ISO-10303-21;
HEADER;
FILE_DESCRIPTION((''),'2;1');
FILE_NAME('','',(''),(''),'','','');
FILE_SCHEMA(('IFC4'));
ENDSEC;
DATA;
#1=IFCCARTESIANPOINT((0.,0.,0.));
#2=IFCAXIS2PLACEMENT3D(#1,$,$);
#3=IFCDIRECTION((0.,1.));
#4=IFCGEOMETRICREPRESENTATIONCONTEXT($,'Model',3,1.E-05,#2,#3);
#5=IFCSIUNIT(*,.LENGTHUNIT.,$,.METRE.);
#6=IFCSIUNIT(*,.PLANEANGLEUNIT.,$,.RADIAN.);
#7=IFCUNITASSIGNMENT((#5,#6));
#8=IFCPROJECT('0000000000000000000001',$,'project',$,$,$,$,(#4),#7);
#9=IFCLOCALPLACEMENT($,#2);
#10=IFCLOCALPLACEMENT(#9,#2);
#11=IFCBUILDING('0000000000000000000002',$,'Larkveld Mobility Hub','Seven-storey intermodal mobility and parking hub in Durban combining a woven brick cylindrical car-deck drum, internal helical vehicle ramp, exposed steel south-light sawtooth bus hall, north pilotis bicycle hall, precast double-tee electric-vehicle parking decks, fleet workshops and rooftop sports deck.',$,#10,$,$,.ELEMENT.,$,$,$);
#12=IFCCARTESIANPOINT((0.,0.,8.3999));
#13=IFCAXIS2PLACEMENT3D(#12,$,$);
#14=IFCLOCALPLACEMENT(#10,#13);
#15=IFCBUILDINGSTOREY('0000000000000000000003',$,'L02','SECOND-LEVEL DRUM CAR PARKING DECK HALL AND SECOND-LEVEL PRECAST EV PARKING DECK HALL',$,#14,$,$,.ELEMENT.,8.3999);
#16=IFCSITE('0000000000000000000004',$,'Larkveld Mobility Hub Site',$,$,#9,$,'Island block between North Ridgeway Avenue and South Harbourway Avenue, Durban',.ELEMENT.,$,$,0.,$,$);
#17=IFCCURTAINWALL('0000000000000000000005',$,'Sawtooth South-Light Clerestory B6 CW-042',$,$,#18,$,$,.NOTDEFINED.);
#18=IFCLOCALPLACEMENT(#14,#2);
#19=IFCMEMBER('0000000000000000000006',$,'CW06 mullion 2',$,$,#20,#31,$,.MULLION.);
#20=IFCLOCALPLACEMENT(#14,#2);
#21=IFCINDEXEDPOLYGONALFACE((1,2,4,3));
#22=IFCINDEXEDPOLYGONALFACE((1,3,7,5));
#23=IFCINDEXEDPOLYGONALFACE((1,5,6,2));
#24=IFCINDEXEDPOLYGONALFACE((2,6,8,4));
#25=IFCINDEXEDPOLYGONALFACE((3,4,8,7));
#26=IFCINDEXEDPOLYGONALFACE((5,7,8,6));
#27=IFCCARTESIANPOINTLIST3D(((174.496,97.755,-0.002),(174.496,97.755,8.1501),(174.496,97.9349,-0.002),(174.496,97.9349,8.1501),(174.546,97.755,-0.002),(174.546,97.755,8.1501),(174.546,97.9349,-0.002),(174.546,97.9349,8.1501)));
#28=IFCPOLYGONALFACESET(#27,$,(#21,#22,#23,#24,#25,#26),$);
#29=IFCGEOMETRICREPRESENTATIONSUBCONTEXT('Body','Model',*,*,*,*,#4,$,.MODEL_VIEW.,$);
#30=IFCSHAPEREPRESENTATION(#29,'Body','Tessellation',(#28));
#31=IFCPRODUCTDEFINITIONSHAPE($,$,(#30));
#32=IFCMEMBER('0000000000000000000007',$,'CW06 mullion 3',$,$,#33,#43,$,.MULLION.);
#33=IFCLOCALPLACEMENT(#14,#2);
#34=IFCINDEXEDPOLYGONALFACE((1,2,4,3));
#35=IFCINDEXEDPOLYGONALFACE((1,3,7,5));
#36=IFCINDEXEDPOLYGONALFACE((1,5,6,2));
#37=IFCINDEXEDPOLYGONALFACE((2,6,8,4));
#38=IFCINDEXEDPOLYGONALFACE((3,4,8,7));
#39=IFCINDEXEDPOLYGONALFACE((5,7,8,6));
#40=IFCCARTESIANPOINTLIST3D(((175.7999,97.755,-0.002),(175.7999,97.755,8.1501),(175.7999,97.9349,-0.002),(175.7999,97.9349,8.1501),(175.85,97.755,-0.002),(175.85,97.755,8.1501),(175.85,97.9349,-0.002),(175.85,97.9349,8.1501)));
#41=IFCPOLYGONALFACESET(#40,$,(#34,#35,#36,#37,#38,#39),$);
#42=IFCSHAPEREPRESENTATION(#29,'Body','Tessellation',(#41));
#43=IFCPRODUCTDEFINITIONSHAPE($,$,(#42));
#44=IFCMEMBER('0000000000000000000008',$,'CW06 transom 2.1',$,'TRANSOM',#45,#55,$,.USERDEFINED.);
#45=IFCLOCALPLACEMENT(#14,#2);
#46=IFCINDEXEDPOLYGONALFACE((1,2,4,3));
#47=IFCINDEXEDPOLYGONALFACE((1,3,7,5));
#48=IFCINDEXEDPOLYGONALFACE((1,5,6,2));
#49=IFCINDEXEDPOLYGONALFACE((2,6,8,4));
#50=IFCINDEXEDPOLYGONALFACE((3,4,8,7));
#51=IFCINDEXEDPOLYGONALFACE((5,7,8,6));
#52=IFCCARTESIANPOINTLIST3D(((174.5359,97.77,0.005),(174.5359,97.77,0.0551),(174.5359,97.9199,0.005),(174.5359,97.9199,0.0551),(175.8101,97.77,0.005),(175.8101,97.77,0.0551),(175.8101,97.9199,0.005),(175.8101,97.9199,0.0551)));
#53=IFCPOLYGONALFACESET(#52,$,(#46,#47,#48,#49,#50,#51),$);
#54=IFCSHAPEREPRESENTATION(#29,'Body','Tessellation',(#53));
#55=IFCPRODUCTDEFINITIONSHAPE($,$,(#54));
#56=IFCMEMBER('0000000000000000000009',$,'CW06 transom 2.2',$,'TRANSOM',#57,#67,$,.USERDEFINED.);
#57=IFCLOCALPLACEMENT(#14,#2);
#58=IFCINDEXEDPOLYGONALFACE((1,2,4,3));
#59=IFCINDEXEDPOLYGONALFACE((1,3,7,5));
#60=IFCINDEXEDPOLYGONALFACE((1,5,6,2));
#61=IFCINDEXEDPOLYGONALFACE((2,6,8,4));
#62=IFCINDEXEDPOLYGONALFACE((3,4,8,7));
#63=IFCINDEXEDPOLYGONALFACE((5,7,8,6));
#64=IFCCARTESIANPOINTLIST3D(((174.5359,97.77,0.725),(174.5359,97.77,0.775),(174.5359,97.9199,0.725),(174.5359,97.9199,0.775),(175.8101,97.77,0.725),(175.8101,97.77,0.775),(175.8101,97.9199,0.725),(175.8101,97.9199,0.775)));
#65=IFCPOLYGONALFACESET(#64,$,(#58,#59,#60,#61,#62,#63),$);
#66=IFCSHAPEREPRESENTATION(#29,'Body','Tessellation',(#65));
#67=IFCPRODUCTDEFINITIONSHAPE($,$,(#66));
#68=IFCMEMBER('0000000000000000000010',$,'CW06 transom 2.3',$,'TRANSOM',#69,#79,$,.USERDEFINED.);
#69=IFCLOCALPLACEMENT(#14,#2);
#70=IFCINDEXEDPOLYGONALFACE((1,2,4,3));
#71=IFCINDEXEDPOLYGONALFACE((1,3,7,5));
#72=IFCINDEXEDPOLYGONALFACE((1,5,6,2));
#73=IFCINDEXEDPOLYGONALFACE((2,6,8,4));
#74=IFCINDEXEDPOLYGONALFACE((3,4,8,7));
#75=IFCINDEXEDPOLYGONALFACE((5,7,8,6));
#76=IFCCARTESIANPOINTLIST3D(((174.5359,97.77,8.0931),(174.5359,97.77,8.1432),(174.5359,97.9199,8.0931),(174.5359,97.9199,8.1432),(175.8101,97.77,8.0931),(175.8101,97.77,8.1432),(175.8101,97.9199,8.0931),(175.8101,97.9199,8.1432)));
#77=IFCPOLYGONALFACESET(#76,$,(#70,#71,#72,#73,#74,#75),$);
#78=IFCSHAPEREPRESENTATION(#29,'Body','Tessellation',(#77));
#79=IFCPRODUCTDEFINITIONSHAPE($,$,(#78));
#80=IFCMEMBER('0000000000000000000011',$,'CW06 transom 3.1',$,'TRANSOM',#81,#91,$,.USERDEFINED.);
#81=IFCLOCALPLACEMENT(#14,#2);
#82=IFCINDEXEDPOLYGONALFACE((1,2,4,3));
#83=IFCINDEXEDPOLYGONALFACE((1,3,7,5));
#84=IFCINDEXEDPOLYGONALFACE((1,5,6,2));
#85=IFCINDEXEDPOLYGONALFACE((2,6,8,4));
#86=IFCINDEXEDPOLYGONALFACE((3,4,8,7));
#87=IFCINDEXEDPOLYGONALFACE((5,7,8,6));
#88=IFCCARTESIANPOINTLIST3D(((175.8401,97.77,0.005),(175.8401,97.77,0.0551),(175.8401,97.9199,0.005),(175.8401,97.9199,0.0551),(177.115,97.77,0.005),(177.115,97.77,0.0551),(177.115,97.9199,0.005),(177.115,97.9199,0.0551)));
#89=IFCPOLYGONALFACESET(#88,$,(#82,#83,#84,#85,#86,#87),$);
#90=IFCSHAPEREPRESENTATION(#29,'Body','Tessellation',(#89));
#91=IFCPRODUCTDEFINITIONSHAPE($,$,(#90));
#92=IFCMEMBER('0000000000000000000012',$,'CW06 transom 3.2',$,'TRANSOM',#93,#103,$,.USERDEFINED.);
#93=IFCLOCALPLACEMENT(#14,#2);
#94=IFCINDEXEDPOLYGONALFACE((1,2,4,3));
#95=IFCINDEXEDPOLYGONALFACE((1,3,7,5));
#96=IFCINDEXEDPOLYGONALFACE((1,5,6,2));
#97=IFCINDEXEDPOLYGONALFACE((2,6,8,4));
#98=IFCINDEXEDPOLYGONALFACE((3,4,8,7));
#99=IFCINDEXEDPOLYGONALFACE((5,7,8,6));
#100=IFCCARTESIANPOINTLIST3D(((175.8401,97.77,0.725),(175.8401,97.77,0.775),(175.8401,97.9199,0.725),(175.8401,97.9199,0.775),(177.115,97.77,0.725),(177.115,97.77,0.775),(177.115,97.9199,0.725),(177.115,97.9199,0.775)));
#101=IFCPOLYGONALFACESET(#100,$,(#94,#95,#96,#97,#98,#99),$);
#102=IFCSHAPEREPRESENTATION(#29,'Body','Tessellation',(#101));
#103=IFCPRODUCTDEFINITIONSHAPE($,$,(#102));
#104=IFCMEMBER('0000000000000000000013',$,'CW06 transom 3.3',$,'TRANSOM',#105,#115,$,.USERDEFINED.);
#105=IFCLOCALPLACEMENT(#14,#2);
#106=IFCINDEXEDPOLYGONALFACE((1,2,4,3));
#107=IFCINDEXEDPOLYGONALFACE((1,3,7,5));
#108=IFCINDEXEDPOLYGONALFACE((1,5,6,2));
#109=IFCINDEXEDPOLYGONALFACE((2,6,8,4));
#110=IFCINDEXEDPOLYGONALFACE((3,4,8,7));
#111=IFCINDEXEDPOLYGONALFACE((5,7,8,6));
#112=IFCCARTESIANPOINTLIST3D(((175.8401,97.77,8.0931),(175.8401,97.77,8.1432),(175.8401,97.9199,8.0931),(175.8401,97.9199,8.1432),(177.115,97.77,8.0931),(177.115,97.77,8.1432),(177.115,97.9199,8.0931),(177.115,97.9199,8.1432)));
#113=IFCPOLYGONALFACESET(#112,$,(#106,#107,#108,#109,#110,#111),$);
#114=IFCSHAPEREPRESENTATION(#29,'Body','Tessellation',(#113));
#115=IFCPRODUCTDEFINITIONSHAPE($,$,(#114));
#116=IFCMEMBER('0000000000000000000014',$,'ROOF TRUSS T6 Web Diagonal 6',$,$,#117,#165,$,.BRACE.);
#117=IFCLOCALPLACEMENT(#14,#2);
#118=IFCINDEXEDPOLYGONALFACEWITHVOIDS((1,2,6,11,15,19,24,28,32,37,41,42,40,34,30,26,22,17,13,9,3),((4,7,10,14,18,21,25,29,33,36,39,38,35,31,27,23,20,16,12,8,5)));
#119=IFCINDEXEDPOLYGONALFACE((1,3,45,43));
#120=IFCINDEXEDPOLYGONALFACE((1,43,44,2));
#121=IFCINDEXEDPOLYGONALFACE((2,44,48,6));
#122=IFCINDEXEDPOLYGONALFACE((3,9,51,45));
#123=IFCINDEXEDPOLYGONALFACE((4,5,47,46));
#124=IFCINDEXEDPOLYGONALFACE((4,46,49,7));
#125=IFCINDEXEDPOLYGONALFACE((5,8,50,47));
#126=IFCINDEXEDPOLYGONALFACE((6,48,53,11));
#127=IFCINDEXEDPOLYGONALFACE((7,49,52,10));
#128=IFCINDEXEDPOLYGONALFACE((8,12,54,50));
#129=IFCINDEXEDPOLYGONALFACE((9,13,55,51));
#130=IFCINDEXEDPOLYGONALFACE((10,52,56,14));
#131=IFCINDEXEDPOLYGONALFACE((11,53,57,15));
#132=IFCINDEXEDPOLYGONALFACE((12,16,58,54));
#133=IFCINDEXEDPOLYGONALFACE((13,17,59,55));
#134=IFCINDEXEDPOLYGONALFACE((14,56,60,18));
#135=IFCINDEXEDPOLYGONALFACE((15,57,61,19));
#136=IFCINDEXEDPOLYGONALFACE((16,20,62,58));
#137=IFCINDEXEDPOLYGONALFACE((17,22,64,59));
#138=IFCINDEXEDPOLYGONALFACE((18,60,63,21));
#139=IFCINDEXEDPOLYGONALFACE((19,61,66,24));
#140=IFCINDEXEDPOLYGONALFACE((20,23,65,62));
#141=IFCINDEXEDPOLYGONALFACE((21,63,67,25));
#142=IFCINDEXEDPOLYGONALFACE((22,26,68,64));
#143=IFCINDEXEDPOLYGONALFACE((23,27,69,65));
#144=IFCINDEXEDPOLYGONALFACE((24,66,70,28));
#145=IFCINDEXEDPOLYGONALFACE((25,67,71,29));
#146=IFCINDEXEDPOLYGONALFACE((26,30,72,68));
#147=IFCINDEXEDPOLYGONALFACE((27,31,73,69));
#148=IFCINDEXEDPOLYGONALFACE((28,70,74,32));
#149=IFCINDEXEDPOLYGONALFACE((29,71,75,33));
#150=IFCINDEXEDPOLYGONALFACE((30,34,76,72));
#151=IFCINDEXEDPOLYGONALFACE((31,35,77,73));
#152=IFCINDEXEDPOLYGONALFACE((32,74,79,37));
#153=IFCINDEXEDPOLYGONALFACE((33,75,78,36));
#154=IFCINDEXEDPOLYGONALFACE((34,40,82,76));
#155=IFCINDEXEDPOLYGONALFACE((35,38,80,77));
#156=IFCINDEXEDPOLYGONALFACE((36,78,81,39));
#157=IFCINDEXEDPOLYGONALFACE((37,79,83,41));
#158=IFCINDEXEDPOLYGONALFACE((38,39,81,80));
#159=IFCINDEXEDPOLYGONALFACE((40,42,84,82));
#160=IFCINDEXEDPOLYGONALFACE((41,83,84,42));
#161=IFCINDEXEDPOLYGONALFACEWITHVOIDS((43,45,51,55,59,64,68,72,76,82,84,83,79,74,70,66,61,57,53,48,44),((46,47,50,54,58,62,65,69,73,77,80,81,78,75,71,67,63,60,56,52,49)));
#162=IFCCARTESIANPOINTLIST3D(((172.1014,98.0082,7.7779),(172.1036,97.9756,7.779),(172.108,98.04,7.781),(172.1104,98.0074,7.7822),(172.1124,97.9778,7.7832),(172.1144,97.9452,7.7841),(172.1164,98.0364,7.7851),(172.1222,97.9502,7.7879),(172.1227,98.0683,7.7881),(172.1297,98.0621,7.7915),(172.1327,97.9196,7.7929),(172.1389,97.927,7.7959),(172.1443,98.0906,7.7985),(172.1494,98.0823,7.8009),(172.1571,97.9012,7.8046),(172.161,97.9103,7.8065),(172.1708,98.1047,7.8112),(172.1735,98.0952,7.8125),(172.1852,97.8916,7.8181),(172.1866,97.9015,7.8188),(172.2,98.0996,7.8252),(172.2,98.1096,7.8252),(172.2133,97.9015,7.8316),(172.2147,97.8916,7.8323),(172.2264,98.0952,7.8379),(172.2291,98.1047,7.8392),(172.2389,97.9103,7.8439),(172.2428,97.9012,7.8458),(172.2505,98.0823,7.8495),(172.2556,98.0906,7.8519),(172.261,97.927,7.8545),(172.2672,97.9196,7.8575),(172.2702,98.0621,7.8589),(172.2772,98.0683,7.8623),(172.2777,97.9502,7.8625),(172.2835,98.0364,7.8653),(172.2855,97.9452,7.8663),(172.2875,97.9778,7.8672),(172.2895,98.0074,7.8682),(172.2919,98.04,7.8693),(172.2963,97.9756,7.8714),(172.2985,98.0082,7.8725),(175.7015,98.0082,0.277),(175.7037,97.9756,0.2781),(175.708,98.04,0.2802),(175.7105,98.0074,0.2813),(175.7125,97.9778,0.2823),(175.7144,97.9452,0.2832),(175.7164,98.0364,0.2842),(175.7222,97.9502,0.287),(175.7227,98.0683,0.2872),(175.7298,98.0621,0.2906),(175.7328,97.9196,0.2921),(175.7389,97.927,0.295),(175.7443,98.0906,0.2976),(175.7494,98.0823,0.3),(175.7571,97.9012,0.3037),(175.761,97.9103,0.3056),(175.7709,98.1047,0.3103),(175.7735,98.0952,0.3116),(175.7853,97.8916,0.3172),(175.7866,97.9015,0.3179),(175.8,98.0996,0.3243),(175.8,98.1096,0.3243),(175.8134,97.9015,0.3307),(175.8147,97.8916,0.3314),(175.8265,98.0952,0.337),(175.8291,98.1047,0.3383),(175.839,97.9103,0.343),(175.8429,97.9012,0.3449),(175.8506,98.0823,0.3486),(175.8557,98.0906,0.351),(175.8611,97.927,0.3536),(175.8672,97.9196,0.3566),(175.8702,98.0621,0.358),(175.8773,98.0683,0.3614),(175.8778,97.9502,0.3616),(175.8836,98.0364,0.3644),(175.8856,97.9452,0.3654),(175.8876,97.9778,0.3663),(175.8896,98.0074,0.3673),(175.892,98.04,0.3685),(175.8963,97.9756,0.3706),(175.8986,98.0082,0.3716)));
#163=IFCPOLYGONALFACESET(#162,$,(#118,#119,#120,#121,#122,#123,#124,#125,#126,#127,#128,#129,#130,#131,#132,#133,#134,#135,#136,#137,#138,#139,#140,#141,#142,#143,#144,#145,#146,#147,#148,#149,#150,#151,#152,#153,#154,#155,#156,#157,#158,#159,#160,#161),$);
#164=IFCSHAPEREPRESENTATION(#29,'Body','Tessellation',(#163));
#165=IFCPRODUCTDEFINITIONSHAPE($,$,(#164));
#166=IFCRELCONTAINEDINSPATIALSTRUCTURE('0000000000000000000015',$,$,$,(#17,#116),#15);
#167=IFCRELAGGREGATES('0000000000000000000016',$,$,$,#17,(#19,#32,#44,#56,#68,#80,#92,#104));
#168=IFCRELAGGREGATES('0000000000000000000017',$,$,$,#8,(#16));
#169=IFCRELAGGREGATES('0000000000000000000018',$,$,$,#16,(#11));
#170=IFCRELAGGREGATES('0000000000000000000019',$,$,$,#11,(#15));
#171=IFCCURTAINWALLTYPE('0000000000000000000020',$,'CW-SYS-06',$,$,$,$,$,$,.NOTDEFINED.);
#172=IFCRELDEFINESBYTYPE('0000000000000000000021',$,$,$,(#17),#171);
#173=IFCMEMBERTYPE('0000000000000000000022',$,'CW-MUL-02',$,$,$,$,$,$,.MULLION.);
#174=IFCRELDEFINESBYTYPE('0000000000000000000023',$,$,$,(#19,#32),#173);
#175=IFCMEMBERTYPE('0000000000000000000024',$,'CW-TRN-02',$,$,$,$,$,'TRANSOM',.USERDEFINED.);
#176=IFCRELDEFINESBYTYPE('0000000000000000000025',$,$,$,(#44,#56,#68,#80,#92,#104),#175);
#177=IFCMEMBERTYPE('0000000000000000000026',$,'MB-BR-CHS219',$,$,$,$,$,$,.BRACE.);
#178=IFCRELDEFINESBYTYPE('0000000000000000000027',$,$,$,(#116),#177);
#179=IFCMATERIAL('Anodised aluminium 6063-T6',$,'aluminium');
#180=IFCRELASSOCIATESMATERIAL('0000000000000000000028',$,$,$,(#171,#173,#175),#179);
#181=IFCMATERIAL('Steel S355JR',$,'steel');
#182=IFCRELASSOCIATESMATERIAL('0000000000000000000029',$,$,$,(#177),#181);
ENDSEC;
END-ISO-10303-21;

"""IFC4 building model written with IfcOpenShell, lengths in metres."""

from ifc_helpers import new_model, si_unit, direction, frame, origin, origin_2d, place, context, subcontext, project, spatial, rectangle, hollow_circle, extrude, material, material_profile, profile_set, type_object, element, aggregate, save


model = new_model("IFC4")

# Units and contexts
model_context = context("Model", 3, precision=1e-05, world=origin(), true_north=direction((0.0, 1.0)))
body_context = subcontext(model_context, "Body", "Model", "MODEL_VIEW")
ifc_project = project(units=[si_unit("LENGTHUNIT", "METRE"), si_unit("PLANEANGLEUNIT", "RADIAN")], contexts=[model_context])

# Site, building, storey
site_placement = place(None, origin())
site = spatial("IfcSite", under=ifc_project, at=site_placement, Name="Larkveld Mobility Hub Site", LongName="Island block between North Ridgeway Avenue and South Harbourway Avenue, Durban", CompositionType="ELEMENT", RefElevation=0.0)
building_placement = place(site_placement, origin())
building = spatial("IfcBuilding", under=site, at=building_placement, Name="Larkveld Mobility Hub", Description="Seven-storey intermodal mobility and parking hub in Durban combining a woven brick cylindrical car-deck drum, internal helical vehicle ramp, exposed steel south-light sawtooth bus hall, north pilotis bicycle hall, precast double-tee electric-vehicle parking decks, fleet workshops and rooftop sports deck.", CompositionType="ELEMENT")
storey_placement = place(building_placement, frame((0.0, 0.0, 8.3999)))
storey = spatial("IfcBuildingStorey", under=building, at=storey_placement, Name="L02", Description="SECOND-LEVEL DRUM CAR PARKING DECK HALL AND SECOND-LEVEL PRECAST EV PARKING DECK HALL", CompositionType="ELEMENT", Elevation=8.3999)

# Curtain wall, members
ifc_material_1 = material(Name="Anodised aluminium 6063-T6", Category="aluminium")
curtain_wall_type = type_object("IfcCurtainWallType", Name="CW-SYS-06", PredefinedType="NOTDEFINED", material=ifc_material_1)
curtain_wall_placement = place(storey_placement, origin())
curtain_wall = element("IfcCurtainWall", 1, at=curtain_wall_placement, inside=storey, type_object=curtain_wall_type, Name="Sawtooth South-Light Clerestory B6 CW-042", PredefinedType="NOTDEFINED")
ifc_material_profile_1 = material_profile(ifc_material_1, rectangle(XDim=0.05, YDim=0.1799, at=origin_2d()), Name="ALU MULL 50x180")
ifc_profile_set_1 = profile_set([ifc_material_profile_1], Name="Anodised aluminium 6063-T6")
member_type_1 = type_object("IfcMemberType", Name="CW-MUL-02", PredefinedType="MULLION", material=ifc_profile_set_1)
member_1_placement = place(storey_placement, frame((174.521, 97.845, -0.002), z_axis=(0.0, 0.0, 1.0), x_axis=(1.0, 0.0, 0.0)))
member_1 = element("IfcMember", 2, at=member_1_placement, type_object=member_type_1, Name="CW06 mullion 2", PredefinedType="MULLION", context=body_context, shape_type="SweptSolid", body=[
    extrude(rectangle(XDim=0.05, YDim=0.1799, at=origin_2d()), origin(), (0.0, 0.0, 1.0), 8.1521),
])
member_2_placement = place(storey_placement, frame((175.825, 97.845, -0.002), z_axis=(0.0, 0.0, 1.0), x_axis=(1.0, 0.0, 0.0)))
member_2 = element("IfcMember", 3, at=member_2_placement, type_object=member_type_1, Name="CW06 mullion 3", PredefinedType="MULLION", context=body_context, shape_type="SweptSolid", body=[
    extrude(rectangle(XDim=0.05, YDim=0.1799, at=origin_2d()), origin(), (0.0, 0.0, 1.0), 8.1521),
])
ifc_material_profile_2 = material_profile(ifc_material_1, rectangle(XDim=0.1499, YDim=0.05, at=origin_2d()), Name="ALU TRAN 50x150")
ifc_profile_set_2 = profile_set([ifc_material_profile_2], Name="Anodised aluminium 6063-T6")
member_type_2 = type_object("IfcMemberType", Name="CW-TRN-02", ElementType="TRANSOM", PredefinedType="USERDEFINED", material=ifc_profile_set_2)
member_3_placement = place(storey_placement, frame((174.5359, 97.845, 0.03), z_axis=(1.0, 0.0, 0.0), x_axis=(0.0, 1.0, 0.0)))
member_3 = element("IfcMember", 4, at=member_3_placement, type_object=member_type_2, Name="CW06 transom 2.1", ObjectType="TRANSOM", PredefinedType="USERDEFINED", context=body_context, shape_type="SweptSolid", body=[
    extrude(rectangle(XDim=0.1499, YDim=0.05, at=origin_2d()), origin(), (0.0, 0.0, 1.0), 1.2742),
])
member_4_placement = place(storey_placement, frame((174.5359, 97.845, 0.75), z_axis=(1.0, 0.0, 0.0), x_axis=(0.0, 1.0, 0.0)))
member_4 = element("IfcMember", 5, at=member_4_placement, type_object=member_type_2, Name="CW06 transom 2.2", ObjectType="TRANSOM", PredefinedType="USERDEFINED", context=body_context, shape_type="SweptSolid", body=[
    extrude(rectangle(XDim=0.1499, YDim=0.05, at=origin_2d()), origin(), (0.0, 0.0, 1.0), 1.2742),
])
member_5_placement = place(storey_placement, frame((174.5359, 97.845, 8.1182), z_axis=(1.0, 0.0, 0.0), x_axis=(0.0, 1.0, 0.0)))
member_5 = element("IfcMember", 6, at=member_5_placement, type_object=member_type_2, Name="CW06 transom 2.3", ObjectType="TRANSOM", PredefinedType="USERDEFINED", context=body_context, shape_type="SweptSolid", body=[
    extrude(rectangle(XDim=0.1499, YDim=0.05, at=origin_2d()), origin(), (0.0, 0.0, 1.0), 1.2742),
])
member_6_placement = place(storey_placement, frame((175.8401, 97.845, 0.03), z_axis=(1.0, 0.0, 0.0), x_axis=(0.0, 1.0, 0.0)))
member_6 = element("IfcMember", 7, at=member_6_placement, type_object=member_type_2, Name="CW06 transom 3.1", ObjectType="TRANSOM", PredefinedType="USERDEFINED", context=body_context, shape_type="SweptSolid", body=[
    extrude(rectangle(XDim=0.1499, YDim=0.05, at=origin_2d()), origin(), (0.0, 0.0, 1.0), 1.2749),
])
member_7_placement = place(storey_placement, frame((175.8401, 97.845, 0.75), z_axis=(1.0, 0.0, 0.0), x_axis=(0.0, 1.0, 0.0)))
member_7 = element("IfcMember", 8, at=member_7_placement, type_object=member_type_2, Name="CW06 transom 3.2", ObjectType="TRANSOM", PredefinedType="USERDEFINED", context=body_context, shape_type="SweptSolid", body=[
    extrude(rectangle(XDim=0.1499, YDim=0.05, at=origin_2d()), origin(), (0.0, 0.0, 1.0), 1.2749),
])
member_8_placement = place(storey_placement, frame((175.8401, 97.845, 8.1182), z_axis=(1.0, 0.0, 0.0), x_axis=(0.0, 1.0, 0.0)))
member_8 = element("IfcMember", 9, at=member_8_placement, type_object=member_type_2, Name="CW06 transom 3.3", ObjectType="TRANSOM", PredefinedType="USERDEFINED", context=body_context, shape_type="SweptSolid", body=[
    extrude(rectangle(XDim=0.1499, YDim=0.05, at=origin_2d()), origin(), (0.0, 0.0, 1.0), 1.2749),
])

# Member
ifc_material_2 = material(Name="Steel S355JR", Category="steel")
ifc_material_profile_3 = material_profile(ifc_material_2, hollow_circle(Radius=0.1096, WallThickness=0.01, at=origin_2d()), Name="CHS 219.1x10")
ifc_profile_set_3 = profile_set([ifc_material_profile_3], Name="Steel S355JR")
member_type_3 = type_object("IfcMemberType", Name="MB-BR-CHS219", PredefinedType="BRACE", material=ifc_profile_set_3)
member_9_placement = place(storey_placement, frame((172.2, 98.0, 7.8252), z_axis=(0.432695, 0.0, -0.90154), x_axis=(0.0, 1.0, 0.0)))
element("IfcMember", 10, at=member_9_placement, inside=storey, type_object=member_type_3, Name="ROOF TRUSS T6 Web Diagonal 6", PredefinedType="BRACE", context=body_context, shape_type="SweptSolid", body=[
    extrude(hollow_circle(Radius=0.1096, WallThickness=0.01, at=origin_2d()), origin(), (0.0, 0.0, 1.0), 8.3201),
])

aggregate(curtain_wall, [member_1, member_2, member_3, member_4, member_5, member_6, member_7, member_8])

save(model, "model.ifc")
